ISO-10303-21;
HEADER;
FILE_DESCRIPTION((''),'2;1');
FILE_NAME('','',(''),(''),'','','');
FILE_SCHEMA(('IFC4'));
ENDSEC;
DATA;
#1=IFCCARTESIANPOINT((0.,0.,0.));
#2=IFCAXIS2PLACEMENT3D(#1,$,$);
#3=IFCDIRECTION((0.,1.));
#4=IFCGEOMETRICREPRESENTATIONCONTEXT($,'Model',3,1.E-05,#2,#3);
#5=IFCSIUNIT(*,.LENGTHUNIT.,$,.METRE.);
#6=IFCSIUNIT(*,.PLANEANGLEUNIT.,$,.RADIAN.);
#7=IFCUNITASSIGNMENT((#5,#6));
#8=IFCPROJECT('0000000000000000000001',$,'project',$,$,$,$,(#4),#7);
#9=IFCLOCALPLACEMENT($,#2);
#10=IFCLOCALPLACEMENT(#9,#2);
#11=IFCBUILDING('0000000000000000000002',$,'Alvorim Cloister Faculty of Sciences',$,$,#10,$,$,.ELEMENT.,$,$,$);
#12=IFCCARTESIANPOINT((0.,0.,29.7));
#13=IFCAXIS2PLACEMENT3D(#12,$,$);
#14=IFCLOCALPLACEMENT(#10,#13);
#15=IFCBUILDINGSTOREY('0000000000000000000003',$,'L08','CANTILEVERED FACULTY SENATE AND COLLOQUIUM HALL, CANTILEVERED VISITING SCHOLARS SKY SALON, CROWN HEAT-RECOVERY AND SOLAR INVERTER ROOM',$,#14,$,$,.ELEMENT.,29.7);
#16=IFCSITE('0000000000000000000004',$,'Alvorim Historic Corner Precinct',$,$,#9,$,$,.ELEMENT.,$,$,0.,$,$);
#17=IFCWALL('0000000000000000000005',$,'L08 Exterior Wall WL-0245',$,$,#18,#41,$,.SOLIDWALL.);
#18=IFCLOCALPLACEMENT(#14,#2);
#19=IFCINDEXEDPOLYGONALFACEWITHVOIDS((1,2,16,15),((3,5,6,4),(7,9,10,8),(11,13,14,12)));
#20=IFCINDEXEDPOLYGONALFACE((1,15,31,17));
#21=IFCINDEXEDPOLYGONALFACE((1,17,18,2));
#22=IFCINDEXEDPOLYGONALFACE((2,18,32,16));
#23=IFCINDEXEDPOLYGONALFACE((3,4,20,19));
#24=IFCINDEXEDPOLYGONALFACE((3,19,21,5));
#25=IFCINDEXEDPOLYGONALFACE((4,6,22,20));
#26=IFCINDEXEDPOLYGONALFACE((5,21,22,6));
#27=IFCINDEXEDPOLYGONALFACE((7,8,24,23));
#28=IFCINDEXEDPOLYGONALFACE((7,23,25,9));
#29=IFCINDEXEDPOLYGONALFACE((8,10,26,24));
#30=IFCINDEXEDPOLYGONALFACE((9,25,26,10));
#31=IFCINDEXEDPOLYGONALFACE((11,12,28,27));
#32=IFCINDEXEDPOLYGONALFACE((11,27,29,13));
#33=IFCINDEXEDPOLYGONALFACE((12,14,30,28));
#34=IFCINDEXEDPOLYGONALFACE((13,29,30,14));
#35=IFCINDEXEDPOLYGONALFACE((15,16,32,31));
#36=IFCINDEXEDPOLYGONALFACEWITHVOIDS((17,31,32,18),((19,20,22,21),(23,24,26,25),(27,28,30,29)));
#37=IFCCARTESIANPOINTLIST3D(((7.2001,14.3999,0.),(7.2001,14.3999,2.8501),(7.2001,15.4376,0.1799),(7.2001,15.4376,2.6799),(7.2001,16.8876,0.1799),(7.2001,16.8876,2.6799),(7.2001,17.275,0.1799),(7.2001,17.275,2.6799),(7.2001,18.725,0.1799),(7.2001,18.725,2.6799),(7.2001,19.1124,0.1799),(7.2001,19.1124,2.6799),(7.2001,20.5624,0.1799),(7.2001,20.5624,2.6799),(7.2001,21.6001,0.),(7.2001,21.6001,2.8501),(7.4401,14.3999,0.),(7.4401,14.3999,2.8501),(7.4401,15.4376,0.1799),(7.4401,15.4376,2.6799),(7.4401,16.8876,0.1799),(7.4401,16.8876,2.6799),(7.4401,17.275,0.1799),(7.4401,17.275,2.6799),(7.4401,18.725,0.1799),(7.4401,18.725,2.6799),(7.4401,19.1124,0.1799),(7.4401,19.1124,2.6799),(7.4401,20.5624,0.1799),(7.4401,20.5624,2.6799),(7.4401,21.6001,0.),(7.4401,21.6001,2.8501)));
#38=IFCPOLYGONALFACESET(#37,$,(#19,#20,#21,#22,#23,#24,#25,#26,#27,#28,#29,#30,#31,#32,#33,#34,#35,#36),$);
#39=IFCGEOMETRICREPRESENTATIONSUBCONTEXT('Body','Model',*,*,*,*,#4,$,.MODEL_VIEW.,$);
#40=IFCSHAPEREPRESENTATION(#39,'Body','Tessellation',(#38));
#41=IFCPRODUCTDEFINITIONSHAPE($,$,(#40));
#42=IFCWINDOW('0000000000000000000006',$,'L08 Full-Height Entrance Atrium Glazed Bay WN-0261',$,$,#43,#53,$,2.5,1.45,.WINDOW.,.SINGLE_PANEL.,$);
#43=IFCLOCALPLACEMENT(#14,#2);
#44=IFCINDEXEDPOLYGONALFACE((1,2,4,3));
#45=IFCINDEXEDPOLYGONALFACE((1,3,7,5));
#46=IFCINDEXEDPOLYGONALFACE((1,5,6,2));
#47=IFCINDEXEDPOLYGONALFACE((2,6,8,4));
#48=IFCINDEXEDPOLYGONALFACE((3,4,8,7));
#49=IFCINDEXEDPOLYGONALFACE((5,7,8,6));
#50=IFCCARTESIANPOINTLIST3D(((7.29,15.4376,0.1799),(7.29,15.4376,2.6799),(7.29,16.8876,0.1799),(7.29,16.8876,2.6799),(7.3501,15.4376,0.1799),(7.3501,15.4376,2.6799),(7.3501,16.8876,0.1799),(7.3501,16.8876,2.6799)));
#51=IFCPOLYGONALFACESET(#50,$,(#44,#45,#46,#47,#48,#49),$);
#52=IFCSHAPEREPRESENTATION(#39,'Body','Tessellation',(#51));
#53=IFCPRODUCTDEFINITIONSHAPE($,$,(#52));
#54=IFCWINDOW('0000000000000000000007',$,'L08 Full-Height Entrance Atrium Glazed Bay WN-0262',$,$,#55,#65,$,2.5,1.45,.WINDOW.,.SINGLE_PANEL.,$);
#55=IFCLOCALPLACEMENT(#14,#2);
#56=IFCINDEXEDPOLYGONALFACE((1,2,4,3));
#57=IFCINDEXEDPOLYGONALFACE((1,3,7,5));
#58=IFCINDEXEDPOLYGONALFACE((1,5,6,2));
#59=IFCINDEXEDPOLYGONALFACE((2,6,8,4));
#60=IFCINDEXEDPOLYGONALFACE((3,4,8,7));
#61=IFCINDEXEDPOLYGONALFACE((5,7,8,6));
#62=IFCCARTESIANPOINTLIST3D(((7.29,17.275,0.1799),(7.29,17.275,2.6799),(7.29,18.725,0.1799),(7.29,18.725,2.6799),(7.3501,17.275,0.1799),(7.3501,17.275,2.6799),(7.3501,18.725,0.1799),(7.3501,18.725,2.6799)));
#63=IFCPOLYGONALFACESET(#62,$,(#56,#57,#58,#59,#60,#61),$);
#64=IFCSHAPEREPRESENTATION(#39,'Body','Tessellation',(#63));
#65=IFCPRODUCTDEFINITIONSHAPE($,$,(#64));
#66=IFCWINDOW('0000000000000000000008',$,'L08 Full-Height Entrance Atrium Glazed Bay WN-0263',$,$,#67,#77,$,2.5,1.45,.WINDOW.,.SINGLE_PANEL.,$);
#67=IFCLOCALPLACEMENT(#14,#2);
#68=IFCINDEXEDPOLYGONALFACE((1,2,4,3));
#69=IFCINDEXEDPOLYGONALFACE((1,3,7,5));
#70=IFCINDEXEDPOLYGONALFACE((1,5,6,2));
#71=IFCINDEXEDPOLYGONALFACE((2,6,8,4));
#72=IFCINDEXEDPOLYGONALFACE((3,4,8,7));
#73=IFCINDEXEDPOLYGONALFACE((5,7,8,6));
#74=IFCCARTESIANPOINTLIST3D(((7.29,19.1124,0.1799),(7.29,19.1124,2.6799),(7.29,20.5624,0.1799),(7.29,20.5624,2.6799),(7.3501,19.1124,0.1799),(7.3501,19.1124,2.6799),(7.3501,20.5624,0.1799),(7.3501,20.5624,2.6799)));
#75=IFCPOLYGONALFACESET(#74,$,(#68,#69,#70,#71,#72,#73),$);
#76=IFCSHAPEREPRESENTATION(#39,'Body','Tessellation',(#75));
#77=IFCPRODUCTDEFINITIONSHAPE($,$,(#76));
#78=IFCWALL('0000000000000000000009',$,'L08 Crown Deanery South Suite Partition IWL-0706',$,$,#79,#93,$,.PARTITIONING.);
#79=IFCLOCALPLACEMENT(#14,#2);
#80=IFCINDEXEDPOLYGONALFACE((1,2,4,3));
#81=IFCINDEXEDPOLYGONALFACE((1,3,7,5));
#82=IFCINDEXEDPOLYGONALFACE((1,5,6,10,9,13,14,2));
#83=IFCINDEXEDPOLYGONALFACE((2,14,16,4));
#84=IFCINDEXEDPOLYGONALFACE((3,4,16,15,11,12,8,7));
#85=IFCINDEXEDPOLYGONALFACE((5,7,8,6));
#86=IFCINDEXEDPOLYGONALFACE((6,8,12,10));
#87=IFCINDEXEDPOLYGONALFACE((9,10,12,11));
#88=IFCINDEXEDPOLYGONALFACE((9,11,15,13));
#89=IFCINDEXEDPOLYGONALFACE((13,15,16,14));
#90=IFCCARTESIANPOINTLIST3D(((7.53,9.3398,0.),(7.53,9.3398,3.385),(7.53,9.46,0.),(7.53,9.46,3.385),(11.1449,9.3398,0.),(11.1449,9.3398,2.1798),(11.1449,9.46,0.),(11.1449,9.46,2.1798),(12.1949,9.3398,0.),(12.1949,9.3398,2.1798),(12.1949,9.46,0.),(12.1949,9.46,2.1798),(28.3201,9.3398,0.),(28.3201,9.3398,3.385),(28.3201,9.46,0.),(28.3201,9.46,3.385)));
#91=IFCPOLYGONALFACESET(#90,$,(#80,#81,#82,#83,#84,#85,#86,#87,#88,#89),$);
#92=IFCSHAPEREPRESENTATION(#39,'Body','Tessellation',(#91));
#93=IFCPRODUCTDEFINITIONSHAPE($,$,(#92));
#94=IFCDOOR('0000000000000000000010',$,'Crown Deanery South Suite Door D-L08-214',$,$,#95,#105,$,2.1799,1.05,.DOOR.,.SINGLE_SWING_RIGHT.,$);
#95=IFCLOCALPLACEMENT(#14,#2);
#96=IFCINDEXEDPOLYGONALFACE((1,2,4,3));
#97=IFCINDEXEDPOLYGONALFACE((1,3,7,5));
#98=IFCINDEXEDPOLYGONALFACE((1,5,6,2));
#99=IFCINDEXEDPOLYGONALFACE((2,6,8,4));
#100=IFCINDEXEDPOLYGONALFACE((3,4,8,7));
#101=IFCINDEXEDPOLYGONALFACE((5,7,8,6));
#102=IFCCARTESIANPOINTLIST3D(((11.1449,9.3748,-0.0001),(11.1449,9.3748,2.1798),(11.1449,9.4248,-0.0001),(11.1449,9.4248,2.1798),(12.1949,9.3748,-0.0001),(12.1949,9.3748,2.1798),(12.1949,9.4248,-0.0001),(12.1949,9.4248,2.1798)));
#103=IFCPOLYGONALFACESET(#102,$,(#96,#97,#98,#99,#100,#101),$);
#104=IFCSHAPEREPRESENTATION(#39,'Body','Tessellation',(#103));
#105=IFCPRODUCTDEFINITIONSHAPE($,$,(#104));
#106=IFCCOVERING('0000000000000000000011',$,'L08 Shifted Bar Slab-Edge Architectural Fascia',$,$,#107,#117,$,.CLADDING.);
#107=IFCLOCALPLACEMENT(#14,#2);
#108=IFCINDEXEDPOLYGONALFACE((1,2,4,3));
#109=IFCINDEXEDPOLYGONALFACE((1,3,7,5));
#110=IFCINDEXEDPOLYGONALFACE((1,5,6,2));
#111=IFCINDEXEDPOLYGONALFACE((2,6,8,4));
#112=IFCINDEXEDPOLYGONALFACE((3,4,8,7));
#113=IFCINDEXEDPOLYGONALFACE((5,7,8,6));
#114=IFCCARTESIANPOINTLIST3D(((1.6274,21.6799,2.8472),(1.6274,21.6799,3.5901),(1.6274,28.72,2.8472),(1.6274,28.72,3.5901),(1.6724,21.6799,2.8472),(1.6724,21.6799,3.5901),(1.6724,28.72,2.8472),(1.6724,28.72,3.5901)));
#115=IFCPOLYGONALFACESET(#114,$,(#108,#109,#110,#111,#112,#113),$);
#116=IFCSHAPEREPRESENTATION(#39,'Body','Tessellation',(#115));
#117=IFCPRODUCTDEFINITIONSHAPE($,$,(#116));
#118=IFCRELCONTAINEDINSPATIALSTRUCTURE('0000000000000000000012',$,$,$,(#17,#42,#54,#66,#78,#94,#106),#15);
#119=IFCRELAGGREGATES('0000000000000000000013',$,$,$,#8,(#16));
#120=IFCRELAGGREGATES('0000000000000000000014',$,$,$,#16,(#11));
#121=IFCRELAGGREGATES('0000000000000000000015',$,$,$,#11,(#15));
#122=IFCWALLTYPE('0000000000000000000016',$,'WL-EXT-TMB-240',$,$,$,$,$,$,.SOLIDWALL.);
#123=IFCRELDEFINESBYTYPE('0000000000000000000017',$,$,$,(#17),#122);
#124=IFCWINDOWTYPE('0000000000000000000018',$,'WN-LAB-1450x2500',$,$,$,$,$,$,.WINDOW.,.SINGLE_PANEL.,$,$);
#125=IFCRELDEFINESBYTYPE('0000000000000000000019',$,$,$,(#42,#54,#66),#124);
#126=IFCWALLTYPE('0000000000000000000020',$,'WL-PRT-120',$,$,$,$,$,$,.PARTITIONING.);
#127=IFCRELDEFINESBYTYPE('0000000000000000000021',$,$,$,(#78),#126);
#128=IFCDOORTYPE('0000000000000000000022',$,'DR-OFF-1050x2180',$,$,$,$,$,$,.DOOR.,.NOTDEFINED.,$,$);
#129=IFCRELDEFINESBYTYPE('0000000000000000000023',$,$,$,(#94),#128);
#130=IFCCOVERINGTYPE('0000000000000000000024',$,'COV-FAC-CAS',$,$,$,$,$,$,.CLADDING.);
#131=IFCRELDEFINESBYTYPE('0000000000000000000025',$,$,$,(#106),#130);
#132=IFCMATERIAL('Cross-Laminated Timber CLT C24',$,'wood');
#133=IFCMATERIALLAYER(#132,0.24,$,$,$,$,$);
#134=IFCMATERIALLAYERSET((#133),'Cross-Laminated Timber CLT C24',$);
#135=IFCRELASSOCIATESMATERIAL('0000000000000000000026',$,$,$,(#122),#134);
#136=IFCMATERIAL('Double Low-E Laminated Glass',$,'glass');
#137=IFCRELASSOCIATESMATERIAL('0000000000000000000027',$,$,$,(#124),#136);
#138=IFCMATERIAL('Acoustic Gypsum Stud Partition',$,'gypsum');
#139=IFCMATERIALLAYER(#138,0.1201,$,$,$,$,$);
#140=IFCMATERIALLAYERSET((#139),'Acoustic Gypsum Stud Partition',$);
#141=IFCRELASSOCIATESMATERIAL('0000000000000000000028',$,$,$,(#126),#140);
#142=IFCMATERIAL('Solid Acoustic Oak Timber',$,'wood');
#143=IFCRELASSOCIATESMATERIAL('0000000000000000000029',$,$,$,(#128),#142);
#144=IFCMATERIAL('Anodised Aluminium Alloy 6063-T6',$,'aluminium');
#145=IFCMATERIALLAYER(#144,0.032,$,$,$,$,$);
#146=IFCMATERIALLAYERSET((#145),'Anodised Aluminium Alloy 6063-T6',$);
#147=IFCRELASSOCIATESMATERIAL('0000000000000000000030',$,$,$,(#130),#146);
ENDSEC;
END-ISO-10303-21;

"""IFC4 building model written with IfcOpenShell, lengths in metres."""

from ifc_helpers import new_model, si_unit, direction, frame, frame_2d, origin, place, context, subcontext, project, spatial, polyline, rectangle, outline, extrude, material, layer, layer_set, type_object, element, fill, save


model = new_model("IFC4")

# Units and contexts
model_context = context("Model", 3, precision=1e-05, world=origin(), true_north=direction((0.0, 1.0)))
body_context = subcontext(model_context, "Body", "Model", "MODEL_VIEW")
ifc_project = project(units=[si_unit("LENGTHUNIT", "METRE"), si_unit("PLANEANGLEUNIT", "RADIAN")], contexts=[model_context])

# Site, building, storey
site_placement = place(None, origin())
site = spatial("IfcSite", under=ifc_project, at=site_placement, Name="Alvorim Historic Corner Precinct", CompositionType="ELEMENT", RefElevation=0.0)
building_placement = place(site_placement, origin())
building = spatial("IfcBuilding", under=site, at=building_placement, Name="Alvorim Cloister Faculty of Sciences", CompositionType="ELEMENT")
storey_placement = place(building_placement, frame((0.0, 0.0, 29.7)))
storey = spatial("IfcBuildingStorey", under=building, at=storey_placement, Name="L08", Description="CANTILEVERED FACULTY SENATE AND COLLOQUIUM HALL, CANTILEVERED VISITING SCHOLARS SKY SALON, CROWN HEAT-RECOVERY AND SOLAR INVERTER ROOM", CompositionType="ELEMENT", Elevation=29.7)

# Wall, openings, windows
ifc_material_1 = material(Name="Cross-Laminated Timber CLT C24", Category="wood")
ifc_layer_1 = layer(ifc_material_1, 0.24)
ifc_layer_set_1 = layer_set([ifc_layer_1], Name="Cross-Laminated Timber CLT C24")
wall_type_1 = type_object("IfcWallType", Name="WL-EXT-TMB-240", PredefinedType="SOLIDWALL", material=ifc_layer_set_1)
wall_1_placement = place(storey_placement, frame((7.3201, 14.3999, 0.0), z_axis=(0.0, 0.0, 1.0), x_axis=(0.0, 1.0, 0.0)))
wall_1 = element("IfcWall", 1, at=wall_1_placement, inside=storey, type_object=wall_type_1, Name="L08 Exterior Wall WL-0245", PredefinedType="SOLIDWALL", context=body_context, shape_type="SweptSolid", body=[
    extrude(rectangle(XDim=7.2002, YDim=0.24, at=frame_2d((3.6001, 0.0))), origin(), (0.0, 0.0, 1.0), 2.8501),
])
opening_1_placement = place(wall_1_placement, frame((1.0376, 0.0, 0.1799)))
opening_1 = element("IfcOpeningElement", 2, at=opening_1_placement, cuts=wall_1, PredefinedType="OPENING", context=body_context, shape_type="SweptSolid", body=[
    extrude(rectangle(XDim=1.45, YDim=2.5, at=frame_2d((0.7251, 1.25))), frame((0.0, 0.1318, 0.0), z_axis=(0.0, -1.0, 0.0), x_axis=(1.0, 0.0, 0.0)), (0.0, 0.0, 1.0), 0.2639),
])
opening_2_placement = place(wall_1_placement, frame((2.875, 0.0, 0.1799)))
opening_2 = element("IfcOpeningElement", 3, at=opening_2_placement, cuts=wall_1, PredefinedType="OPENING", context=body_context, shape_type="SweptSolid", body=[
    extrude(rectangle(XDim=1.45, YDim=2.5, at=frame_2d((0.7251, 1.25))), frame((0.0, 0.1318, 0.0), z_axis=(0.0, -1.0, 0.0), x_axis=(1.0, 0.0, 0.0)), (0.0, 0.0, 1.0), 0.2639),
])
opening_3_placement = place(wall_1_placement, frame((4.7124, 0.0, 0.1799)))
opening_3 = element("IfcOpeningElement", 4, at=opening_3_placement, cuts=wall_1, PredefinedType="OPENING", context=body_context, shape_type="SweptSolid", body=[
    extrude(rectangle(XDim=1.45, YDim=2.5, at=frame_2d((0.7251, 1.25))), frame((0.0, 0.1318, 0.0), z_axis=(0.0, -1.0, 0.0), x_axis=(1.0, 0.0, 0.0)), (0.0, 0.0, 1.0), 0.2639),
])
ifc_material_2 = material(Name="Double Low-E Laminated Glass", Category="glass")
window_type = type_object("IfcWindowType", Name="WN-LAB-1450x2500", PartitioningType="SINGLE_PANEL", PredefinedType="WINDOW", material=ifc_material_2)
window_1_placement = place(opening_1_placement, origin())
window_1 = element("IfcWindow", 5, at=window_1_placement, inside=storey, type_object=window_type, Name="L08 Full-Height Entrance Atrium Glazed Bay WN-0261", OverallHeight=2.5, OverallWidth=1.45, PartitioningType="SINGLE_PANEL", PredefinedType="WINDOW", context=body_context, shape_type="SweptSolid", body=[
    extrude(rectangle(XDim=1.45, YDim=2.5, at=frame_2d((0.7251, 1.25))), frame((0.0, 0.03, 0.0), z_axis=(0.0, -1.0, 0.0), x_axis=(1.0, 0.0, 0.0)), (0.0, 0.0, 1.0), 0.0601),
])
fill(opening_1, window_1)
window_2_placement = place(opening_2_placement, origin())
window_2 = element("IfcWindow", 6, at=window_2_placement, inside=storey, type_object=window_type, Name="L08 Full-Height Entrance Atrium Glazed Bay WN-0262", OverallHeight=2.5, OverallWidth=1.45, PartitioningType="SINGLE_PANEL", PredefinedType="WINDOW", context=body_context, shape_type="SweptSolid", body=[
    extrude(rectangle(XDim=1.45, YDim=2.5, at=frame_2d((0.7251, 1.25))), frame((0.0, 0.03, 0.0), z_axis=(0.0, -1.0, 0.0), x_axis=(1.0, 0.0, 0.0)), (0.0, 0.0, 1.0), 0.0601),
])
fill(opening_2, window_2)
window_3_placement = place(opening_3_placement, origin())
window_3 = element("IfcWindow", 7, at=window_3_placement, inside=storey, type_object=window_type, Name="L08 Full-Height Entrance Atrium Glazed Bay WN-0263", OverallHeight=2.5, OverallWidth=1.45, PartitioningType="SINGLE_PANEL", PredefinedType="WINDOW", context=body_context, shape_type="SweptSolid", body=[
    extrude(rectangle(XDim=1.45, YDim=2.5, at=frame_2d((0.7251, 1.25))), frame((0.0, 0.03, 0.0), z_axis=(0.0, -1.0, 0.0), x_axis=(1.0, 0.0, 0.0)), (0.0, 0.0, 1.0), 0.0601),
])
fill(opening_3, window_3)

# Wall, opening, door
ifc_material_3 = material(Name="Acoustic Gypsum Stud Partition", Category="gypsum")
ifc_layer_2 = layer(ifc_material_3, 0.1201)
ifc_layer_set_2 = layer_set([ifc_layer_2], Name="Acoustic Gypsum Stud Partition")
wall_type_2 = type_object("IfcWallType", Name="WL-PRT-120", PredefinedType="PARTITIONING", material=ifc_layer_set_2)
wall_2_placement = place(storey_placement, frame((7.53, 9.3999, 0.0), z_axis=(0.0, 0.0, 1.0), x_axis=(1.0, 0.0, 0.0)))
wall_2 = element("IfcWall", 8, at=wall_2_placement, inside=storey, type_object=wall_type_2, Name="L08 Crown Deanery South Suite Partition IWL-0706", PredefinedType="PARTITIONING", context=body_context, shape_type="SweptSolid", body=[
    extrude(rectangle(XDim=20.79, YDim=0.1201, at=frame_2d((10.395, 0.0))), origin(), (0.0, 0.0, 1.0), 3.385),
])
opening_4_placement = place(wall_2_placement, frame((3.615, 0.0, 0.0)))
opening_4 = element("IfcOpeningElement", 9, at=opening_4_placement, cuts=wall_2, PredefinedType="OPENING", context=body_context, shape_type="SweptSolid", body=[
    extrude(rectangle(XDim=1.05, YDim=2.1799, at=frame_2d((0.5249, 1.0898))), frame((0.0, 0.072, 0.0), z_axis=(0.0, -1.0, 0.0), x_axis=(1.0, 0.0, 0.0)), (0.0, 0.0, 1.0), 0.144),
])
ifc_material_4 = material(Name="Solid Acoustic Oak Timber", Category="wood")
door_type = type_object("IfcDoorType", Name="DR-OFF-1050x2180", OperationType="NOTDEFINED", PredefinedType="DOOR", material=ifc_material_4)
door_placement = place(opening_4_placement, origin())
door = element("IfcDoor", 10, at=door_placement, inside=storey, type_object=door_type, Name="Crown Deanery South Suite Door D-L08-214", OperationType="SINGLE_SWING_RIGHT", OverallHeight=2.1799, OverallWidth=1.05, PredefinedType="DOOR", context=body_context, shape_type="SweptSolid", body=[
    extrude(rectangle(XDim=1.05, YDim=2.1799, at=frame_2d((0.5249, 1.0898))), frame((0.0, 0.0249, 0.0), z_axis=(0.0, -1.0, 0.0), x_axis=(1.0, 0.0, 0.0)), (0.0, 0.0, 1.0), 0.05),
])
fill(opening_4, door)

# Covering
ifc_material_5 = material(Name="Anodised Aluminium Alloy 6063-T6", Category="aluminium")
ifc_layer_3 = layer(ifc_material_5, 0.032)
ifc_layer_set_3 = layer_set([ifc_layer_3], Name="Anodised Aluminium Alloy 6063-T6")
covering_type = type_object("IfcCoveringType", Name="COV-FAC-CAS", PredefinedType="CLADDING", material=ifc_layer_set_3)
covering_placement = place(storey_placement, frame((1.6499, 21.6799, 2.8472), z_axis=(0.0, 0.0, 1.0), x_axis=(0.0, 1.0, 0.0)))
element("IfcCovering", 11, at=covering_placement, inside=storey, type_object=covering_type, Name="L08 Shifted Bar Slab-Edge Architectural Fascia", PredefinedType="CLADDING", context=body_context, shape_type="SweptSolid", body=[
    extrude(outline(polyline([(0.0, 0.0), (7.04, 0.0), (7.04, 0.7429), (0.0, 0.7429), (0.0, 0.0)])), frame((0.0, 0.0225, 0.0), z_axis=(0.0, -1.0, 0.0), x_axis=(1.0, 0.0, 0.0)), (0.0, 0.0, 1.0), 0.0449),
])

save(model, "model.ifc")
